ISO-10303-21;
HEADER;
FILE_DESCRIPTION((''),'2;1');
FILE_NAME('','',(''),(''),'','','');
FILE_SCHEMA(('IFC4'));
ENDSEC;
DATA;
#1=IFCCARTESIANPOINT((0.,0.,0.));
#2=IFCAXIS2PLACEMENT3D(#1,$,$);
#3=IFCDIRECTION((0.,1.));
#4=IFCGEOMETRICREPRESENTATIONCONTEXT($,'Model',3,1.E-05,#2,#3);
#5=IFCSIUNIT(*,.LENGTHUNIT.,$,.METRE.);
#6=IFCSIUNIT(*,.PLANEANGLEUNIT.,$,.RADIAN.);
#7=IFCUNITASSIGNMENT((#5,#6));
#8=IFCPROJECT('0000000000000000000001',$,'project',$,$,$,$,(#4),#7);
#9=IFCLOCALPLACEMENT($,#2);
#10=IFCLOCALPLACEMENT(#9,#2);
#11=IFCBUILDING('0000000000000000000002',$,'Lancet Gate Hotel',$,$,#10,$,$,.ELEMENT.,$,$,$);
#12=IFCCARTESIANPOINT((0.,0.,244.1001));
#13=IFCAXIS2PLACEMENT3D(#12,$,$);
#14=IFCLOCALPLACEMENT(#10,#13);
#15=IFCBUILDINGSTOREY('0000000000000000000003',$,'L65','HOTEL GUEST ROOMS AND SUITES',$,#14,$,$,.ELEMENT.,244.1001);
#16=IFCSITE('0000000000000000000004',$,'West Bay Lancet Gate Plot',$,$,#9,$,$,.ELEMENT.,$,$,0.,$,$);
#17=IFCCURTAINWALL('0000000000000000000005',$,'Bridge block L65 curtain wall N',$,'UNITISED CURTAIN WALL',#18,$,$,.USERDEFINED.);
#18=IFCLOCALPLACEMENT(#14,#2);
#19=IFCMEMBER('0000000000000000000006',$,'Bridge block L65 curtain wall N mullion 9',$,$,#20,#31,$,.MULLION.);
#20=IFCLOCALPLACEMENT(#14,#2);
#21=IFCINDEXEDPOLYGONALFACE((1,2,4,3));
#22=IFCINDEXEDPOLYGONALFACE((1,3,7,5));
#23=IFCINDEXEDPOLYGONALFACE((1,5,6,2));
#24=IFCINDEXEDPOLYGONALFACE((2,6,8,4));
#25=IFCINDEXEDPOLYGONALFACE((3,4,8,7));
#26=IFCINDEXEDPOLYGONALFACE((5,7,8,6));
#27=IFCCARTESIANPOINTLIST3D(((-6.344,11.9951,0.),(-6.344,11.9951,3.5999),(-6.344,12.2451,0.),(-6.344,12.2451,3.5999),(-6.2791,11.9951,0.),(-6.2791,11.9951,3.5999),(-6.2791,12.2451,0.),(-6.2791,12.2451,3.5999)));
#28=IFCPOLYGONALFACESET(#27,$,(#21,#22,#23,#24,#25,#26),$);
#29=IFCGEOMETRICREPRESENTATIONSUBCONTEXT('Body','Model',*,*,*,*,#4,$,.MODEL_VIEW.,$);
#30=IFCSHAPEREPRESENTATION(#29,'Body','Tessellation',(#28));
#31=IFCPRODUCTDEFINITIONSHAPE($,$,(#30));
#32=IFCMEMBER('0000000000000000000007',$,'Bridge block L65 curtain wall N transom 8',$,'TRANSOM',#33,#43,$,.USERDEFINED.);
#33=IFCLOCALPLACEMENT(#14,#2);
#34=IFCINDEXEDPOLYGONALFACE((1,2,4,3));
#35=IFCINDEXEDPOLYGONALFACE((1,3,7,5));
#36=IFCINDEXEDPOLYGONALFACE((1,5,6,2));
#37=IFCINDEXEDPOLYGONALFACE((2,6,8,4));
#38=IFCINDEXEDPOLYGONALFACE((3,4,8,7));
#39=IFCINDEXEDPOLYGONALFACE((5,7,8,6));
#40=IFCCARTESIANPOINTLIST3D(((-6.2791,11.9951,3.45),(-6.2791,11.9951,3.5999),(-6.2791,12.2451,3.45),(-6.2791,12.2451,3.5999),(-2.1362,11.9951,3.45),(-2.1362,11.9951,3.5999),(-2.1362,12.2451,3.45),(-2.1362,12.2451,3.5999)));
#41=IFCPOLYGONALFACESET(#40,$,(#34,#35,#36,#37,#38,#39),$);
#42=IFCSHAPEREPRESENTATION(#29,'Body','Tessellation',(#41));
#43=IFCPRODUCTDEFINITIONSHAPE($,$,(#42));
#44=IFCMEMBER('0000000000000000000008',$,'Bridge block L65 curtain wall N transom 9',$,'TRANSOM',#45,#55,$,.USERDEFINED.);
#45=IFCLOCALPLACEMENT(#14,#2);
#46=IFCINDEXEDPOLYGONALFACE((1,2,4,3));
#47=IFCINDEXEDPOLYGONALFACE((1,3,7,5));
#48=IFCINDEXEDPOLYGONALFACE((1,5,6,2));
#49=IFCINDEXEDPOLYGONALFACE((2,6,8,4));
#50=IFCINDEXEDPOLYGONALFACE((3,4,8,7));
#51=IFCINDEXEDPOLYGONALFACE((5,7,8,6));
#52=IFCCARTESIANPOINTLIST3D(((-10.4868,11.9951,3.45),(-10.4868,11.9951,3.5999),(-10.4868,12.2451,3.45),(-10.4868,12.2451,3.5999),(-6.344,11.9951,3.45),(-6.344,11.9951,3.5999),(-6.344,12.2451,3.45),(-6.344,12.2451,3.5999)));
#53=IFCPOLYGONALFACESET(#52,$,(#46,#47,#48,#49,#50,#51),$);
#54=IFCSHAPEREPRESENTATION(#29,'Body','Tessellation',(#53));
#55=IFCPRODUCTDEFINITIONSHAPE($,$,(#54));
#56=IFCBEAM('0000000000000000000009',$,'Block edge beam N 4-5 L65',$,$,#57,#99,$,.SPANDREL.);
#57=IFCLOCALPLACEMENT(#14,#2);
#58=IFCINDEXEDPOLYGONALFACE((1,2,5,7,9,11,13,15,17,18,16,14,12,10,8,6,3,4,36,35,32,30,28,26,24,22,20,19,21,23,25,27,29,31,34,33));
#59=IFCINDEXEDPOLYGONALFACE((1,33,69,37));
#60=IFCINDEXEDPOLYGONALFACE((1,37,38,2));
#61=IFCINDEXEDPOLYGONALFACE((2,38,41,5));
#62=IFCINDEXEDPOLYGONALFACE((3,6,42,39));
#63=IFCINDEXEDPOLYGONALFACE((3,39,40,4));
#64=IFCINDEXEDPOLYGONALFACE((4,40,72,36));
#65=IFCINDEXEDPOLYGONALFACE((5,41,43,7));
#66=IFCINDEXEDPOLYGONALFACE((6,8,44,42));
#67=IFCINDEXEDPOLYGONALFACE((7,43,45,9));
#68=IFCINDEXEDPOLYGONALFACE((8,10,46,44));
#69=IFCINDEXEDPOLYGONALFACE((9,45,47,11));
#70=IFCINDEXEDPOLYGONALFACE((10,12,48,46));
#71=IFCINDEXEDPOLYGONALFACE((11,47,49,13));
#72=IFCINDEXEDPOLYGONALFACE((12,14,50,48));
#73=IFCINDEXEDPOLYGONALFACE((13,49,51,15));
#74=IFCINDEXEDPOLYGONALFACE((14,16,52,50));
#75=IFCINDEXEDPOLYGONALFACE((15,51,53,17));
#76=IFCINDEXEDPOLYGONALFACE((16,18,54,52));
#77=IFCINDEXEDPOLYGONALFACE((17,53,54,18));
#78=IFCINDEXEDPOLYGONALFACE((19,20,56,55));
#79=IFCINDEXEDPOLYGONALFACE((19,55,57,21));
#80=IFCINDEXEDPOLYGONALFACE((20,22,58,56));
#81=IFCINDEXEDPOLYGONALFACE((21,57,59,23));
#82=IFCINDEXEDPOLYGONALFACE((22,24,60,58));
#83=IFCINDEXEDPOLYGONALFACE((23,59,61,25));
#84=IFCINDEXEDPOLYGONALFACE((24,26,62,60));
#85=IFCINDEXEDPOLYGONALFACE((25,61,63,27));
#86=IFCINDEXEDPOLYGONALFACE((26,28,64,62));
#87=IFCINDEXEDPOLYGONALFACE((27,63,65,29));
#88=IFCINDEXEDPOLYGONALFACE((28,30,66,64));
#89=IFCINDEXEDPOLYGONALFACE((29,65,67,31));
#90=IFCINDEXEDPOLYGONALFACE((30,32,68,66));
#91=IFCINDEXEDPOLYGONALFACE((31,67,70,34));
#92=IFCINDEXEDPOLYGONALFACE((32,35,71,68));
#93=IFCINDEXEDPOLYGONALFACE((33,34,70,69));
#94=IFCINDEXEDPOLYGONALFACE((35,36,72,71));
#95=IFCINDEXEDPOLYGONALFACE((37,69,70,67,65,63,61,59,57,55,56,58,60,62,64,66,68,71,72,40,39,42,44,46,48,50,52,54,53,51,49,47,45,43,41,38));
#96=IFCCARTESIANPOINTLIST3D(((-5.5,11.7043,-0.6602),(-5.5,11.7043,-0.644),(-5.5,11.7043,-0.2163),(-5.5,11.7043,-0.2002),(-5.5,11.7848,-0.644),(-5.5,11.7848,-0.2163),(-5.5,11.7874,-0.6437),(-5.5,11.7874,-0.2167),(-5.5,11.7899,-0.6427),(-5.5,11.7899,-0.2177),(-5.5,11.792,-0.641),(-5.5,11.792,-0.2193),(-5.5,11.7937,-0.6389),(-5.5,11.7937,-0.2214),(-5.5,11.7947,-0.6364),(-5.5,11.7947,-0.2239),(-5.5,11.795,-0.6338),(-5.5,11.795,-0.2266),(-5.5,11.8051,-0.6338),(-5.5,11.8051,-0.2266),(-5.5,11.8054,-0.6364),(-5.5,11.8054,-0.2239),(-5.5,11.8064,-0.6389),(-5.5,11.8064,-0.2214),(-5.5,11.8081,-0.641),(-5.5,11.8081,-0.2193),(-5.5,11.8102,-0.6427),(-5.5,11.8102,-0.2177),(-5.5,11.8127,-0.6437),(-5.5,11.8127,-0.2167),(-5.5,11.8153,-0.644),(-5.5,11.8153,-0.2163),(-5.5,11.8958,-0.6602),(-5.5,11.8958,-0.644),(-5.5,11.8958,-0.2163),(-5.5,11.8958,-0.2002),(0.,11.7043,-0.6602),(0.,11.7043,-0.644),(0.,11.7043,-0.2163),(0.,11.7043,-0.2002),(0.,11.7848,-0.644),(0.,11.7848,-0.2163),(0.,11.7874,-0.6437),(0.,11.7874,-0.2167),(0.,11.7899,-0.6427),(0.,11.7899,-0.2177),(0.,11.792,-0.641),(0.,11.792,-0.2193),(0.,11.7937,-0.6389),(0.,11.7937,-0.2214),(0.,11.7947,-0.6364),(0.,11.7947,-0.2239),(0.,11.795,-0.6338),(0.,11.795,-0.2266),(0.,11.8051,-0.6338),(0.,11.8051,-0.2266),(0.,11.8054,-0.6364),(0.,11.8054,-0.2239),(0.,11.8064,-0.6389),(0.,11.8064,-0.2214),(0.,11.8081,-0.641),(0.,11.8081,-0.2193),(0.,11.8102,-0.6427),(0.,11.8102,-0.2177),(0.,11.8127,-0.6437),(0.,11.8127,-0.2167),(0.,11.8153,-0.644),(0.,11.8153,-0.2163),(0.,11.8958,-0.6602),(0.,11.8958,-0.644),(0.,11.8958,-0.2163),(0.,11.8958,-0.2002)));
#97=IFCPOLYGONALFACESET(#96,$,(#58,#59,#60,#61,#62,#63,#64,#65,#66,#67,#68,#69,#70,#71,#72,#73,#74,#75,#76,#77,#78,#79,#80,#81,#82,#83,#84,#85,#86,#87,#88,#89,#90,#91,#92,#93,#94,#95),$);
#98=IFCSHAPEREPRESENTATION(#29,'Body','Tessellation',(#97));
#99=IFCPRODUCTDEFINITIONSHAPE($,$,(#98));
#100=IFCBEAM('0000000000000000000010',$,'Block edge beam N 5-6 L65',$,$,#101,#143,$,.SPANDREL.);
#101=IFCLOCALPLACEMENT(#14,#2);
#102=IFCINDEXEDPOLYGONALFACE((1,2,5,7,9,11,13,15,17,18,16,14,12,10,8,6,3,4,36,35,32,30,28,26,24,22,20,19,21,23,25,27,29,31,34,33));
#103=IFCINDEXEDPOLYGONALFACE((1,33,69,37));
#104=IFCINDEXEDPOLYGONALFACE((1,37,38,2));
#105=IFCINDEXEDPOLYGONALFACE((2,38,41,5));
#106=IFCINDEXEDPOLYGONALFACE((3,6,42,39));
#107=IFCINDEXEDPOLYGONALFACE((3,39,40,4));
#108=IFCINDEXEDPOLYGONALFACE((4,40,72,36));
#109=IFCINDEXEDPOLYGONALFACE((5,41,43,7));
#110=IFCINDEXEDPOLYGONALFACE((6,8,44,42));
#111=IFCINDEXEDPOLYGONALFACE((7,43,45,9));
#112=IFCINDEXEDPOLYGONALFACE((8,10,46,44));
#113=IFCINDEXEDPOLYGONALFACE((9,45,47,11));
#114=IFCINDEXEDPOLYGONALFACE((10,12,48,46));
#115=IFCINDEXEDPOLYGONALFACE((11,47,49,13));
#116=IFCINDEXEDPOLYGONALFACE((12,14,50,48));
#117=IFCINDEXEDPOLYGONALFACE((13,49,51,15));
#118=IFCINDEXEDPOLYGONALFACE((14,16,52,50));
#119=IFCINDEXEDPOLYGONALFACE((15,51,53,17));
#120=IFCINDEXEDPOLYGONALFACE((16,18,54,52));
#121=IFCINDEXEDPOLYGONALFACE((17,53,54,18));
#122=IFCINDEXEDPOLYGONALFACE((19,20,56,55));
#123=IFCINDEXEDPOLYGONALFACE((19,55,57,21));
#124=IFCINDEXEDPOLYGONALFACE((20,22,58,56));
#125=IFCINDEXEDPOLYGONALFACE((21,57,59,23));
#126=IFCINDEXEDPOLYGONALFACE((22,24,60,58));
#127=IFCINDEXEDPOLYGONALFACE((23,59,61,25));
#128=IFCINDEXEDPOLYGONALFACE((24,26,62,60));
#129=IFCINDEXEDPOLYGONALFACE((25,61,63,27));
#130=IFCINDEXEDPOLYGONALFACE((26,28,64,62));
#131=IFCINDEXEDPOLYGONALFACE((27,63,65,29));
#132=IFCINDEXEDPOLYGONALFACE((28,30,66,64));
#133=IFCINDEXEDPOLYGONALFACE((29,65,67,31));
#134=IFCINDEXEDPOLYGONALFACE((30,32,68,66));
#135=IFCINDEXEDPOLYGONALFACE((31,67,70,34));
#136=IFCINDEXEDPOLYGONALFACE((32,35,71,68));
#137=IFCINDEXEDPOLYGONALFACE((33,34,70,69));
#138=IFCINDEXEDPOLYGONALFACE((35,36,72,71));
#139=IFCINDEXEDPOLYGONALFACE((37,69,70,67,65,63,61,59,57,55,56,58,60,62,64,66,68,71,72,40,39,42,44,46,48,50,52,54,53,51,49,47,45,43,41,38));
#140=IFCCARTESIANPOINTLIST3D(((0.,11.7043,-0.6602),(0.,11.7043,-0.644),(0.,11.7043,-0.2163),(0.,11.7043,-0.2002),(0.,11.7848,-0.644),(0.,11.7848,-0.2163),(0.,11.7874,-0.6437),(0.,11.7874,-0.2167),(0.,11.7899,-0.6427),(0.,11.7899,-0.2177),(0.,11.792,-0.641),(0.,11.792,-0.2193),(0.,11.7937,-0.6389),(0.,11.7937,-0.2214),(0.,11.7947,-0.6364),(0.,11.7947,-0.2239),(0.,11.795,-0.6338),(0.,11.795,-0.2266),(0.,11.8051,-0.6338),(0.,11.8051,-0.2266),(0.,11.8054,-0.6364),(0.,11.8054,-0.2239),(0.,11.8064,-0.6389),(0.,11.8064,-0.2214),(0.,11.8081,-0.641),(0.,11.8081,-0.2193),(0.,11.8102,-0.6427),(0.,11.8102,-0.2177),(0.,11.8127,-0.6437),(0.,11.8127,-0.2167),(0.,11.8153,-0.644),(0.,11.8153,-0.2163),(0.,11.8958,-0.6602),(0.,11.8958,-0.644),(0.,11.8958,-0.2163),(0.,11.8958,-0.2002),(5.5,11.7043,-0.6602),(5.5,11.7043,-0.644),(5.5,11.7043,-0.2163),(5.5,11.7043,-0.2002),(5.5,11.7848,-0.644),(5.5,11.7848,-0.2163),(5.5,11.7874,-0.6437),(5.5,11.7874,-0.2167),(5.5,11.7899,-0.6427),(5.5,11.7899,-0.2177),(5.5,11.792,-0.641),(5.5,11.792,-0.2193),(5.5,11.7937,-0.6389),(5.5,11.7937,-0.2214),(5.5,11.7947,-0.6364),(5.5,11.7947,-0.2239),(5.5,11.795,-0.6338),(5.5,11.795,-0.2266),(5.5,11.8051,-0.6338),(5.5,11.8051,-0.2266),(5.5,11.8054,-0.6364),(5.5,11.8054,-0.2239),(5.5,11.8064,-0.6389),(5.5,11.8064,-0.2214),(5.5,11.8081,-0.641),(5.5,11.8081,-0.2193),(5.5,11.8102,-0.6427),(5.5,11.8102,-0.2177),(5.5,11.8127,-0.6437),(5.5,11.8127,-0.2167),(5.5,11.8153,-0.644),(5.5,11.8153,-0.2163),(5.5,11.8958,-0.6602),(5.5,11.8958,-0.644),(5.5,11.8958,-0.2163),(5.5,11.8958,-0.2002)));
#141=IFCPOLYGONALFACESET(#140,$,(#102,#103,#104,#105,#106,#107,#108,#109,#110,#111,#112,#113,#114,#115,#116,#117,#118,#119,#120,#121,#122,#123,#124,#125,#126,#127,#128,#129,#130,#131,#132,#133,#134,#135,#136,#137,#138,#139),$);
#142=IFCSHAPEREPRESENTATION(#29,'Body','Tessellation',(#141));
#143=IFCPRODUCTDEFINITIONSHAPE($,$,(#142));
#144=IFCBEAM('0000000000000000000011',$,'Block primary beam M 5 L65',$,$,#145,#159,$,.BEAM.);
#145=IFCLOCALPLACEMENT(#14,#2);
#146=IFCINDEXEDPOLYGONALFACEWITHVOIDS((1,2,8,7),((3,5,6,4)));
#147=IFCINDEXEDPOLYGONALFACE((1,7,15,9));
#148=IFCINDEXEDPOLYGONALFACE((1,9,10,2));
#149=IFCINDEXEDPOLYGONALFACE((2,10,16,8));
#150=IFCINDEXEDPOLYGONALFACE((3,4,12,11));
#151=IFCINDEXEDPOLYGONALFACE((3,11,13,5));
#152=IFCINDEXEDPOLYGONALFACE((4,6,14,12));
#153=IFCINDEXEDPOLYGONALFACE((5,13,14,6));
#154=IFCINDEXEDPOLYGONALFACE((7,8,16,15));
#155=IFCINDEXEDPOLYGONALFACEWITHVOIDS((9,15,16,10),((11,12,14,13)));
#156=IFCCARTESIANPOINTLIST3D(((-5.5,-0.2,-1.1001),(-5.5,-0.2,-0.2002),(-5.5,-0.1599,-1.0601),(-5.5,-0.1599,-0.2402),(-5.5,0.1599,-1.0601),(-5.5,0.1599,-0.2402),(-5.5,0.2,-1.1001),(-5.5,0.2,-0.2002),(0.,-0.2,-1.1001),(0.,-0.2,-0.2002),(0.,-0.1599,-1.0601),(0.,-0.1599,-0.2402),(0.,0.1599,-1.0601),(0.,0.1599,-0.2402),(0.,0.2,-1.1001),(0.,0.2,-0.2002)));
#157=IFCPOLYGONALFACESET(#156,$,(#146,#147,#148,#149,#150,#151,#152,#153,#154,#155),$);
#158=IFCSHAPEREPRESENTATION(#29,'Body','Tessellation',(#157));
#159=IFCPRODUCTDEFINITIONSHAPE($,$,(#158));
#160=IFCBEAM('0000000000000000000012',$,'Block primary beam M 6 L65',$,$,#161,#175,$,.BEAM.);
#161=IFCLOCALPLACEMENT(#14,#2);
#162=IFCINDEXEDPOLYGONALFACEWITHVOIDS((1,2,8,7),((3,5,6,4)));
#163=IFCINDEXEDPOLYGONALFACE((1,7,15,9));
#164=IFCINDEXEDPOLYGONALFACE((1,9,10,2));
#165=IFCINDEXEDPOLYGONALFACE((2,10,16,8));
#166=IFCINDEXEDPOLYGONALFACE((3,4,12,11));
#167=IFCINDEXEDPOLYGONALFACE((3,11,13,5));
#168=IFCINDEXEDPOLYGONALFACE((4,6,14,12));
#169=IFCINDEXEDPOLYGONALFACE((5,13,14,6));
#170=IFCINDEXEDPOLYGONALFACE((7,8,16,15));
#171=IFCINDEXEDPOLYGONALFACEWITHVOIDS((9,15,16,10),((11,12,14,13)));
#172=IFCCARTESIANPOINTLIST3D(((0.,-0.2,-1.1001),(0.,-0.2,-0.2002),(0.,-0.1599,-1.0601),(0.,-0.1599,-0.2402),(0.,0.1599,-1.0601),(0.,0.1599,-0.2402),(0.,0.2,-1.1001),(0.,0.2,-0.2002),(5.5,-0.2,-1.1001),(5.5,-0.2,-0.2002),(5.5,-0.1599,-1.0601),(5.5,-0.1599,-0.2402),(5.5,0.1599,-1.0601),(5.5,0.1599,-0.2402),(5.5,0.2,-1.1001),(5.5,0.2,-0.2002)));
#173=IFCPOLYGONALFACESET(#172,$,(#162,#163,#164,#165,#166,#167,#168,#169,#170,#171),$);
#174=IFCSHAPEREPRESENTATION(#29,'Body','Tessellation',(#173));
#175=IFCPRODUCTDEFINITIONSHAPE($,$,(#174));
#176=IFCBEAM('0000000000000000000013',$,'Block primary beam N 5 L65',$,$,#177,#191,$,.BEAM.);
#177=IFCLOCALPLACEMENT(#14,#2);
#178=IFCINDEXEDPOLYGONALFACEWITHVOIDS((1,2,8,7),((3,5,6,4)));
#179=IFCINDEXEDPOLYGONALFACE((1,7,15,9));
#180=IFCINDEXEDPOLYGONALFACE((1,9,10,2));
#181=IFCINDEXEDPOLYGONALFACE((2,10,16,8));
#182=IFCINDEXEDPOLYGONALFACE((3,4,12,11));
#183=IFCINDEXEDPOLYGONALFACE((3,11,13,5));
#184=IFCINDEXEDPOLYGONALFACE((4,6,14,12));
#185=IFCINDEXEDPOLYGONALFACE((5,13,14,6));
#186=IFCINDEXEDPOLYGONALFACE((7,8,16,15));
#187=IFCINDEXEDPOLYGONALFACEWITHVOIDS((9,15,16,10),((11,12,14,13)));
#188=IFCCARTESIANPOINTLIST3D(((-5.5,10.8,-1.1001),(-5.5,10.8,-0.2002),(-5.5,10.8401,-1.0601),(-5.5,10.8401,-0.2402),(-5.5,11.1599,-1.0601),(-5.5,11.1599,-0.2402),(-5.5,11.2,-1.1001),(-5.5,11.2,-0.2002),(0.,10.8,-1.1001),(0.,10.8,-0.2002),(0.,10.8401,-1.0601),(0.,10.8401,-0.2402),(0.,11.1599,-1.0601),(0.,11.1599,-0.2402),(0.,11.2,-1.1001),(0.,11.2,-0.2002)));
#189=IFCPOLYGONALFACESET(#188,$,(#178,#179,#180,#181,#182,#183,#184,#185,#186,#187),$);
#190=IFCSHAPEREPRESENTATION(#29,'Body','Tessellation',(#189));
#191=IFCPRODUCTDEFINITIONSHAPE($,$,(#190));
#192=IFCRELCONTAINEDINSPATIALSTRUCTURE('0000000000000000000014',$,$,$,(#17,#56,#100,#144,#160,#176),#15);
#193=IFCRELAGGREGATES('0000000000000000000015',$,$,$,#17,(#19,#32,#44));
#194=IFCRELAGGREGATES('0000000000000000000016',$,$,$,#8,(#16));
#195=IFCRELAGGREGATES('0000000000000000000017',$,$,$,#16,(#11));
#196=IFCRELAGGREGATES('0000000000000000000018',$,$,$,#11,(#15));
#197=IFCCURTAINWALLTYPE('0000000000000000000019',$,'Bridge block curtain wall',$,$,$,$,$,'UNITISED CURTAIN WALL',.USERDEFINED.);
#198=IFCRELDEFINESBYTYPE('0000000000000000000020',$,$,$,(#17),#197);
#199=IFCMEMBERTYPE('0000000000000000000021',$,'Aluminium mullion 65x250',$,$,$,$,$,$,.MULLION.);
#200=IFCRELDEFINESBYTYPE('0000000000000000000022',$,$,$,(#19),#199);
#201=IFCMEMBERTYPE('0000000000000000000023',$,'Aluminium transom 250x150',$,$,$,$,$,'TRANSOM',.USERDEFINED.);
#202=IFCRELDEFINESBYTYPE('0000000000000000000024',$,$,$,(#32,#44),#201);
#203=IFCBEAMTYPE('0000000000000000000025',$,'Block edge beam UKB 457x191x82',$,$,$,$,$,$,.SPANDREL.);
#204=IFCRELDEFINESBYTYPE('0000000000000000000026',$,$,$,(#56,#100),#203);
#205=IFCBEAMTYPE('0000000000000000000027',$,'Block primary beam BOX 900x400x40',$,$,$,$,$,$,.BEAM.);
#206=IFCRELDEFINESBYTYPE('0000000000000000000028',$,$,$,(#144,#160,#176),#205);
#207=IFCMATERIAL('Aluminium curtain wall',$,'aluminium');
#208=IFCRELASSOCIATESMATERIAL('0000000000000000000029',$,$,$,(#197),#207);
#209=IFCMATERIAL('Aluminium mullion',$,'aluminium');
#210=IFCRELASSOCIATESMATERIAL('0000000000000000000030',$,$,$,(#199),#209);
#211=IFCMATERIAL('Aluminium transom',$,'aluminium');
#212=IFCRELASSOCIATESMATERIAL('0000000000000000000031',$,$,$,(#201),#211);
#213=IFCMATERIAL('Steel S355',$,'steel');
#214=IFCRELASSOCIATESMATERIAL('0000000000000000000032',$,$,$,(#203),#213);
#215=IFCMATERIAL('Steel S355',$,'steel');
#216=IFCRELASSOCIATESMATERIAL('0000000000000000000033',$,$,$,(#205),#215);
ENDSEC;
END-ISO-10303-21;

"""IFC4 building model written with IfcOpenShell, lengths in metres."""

from ifc_helpers import new_model, si_unit, direction, frame, origin, origin_2d, place, context, subcontext, project, spatial, rectangle, hollow_rectangle, i_section, extrude, material, material_profile, profile_set, type_object, element, aggregate, save


model = new_model("IFC4")

# Units and contexts
model_context = context("Model", 3, precision=1e-05, world=origin(), true_north=direction((0.0, 1.0)))
body_context = subcontext(model_context, "Body", "Model", "MODEL_VIEW")
ifc_project = project(units=[si_unit("LENGTHUNIT", "METRE"), si_unit("PLANEANGLEUNIT", "RADIAN")], contexts=[model_context])

# Site, building, storey
site_placement = place(None, origin())
site = spatial("IfcSite", under=ifc_project, at=site_placement, Name="West Bay Lancet Gate Plot", CompositionType="ELEMENT", RefElevation=0.0)
building_placement = place(site_placement, origin())
building = spatial("IfcBuilding", under=site, at=building_placement, Name="Lancet Gate Hotel", CompositionType="ELEMENT")
storey_placement = place(building_placement, frame((0.0, 0.0, 244.1001)))
storey = spatial("IfcBuildingStorey", under=building, at=storey_placement, Name="L65", Description="HOTEL GUEST ROOMS AND SUITES", CompositionType="ELEMENT", Elevation=244.1001)

# Curtain wall, members
ifc_material_1 = material(Name="Aluminium curtain wall", Category="aluminium")
curtain_wall_type = type_object("IfcCurtainWallType", Name="Bridge block curtain wall", ElementType="UNITISED CURTAIN WALL", PredefinedType="USERDEFINED", material=ifc_material_1)
curtain_wall_placement = place(storey_placement, origin())
curtain_wall = element("IfcCurtainWall", 1, at=curtain_wall_placement, inside=storey, type_object=curtain_wall_type, Name="Bridge block L65 curtain wall N", ObjectType="UNITISED CURTAIN WALL", PredefinedType="USERDEFINED")
ifc_material_2 = material(Name="Aluminium mullion", Category="aluminium")
ifc_material_profile_1 = material_profile(ifc_material_2, rectangle(XDim=0.0649, YDim=0.25, at=origin_2d()), Name="MULLION 65x250")
ifc_profile_set_1 = profile_set([ifc_material_profile_1], Name="Aluminium mullion")
member_type_1 = type_object("IfcMemberType", Name="Aluminium mullion 65x250", PredefinedType="MULLION", material=ifc_profile_set_1)
member_1_placement = place(storey_placement, frame((-6.3115, 12.1201, 0.0), z_axis=(0.0, 0.0, 1.0), x_axis=(-1.0, 0.0, 0.0)))
member_1 = element("IfcMember", 2, at=member_1_placement, type_object=member_type_1, Name="Bridge block L65 curtain wall N mullion 9", PredefinedType="MULLION", context=body_context, shape_type="SweptSolid", body=[
    extrude(rectangle(XDim=0.0649, YDim=0.25, at=origin_2d()), origin(), (0.0, 0.0, 1.0), 3.5999),
])
ifc_material_3 = material(Name="Aluminium transom", Category="aluminium")
ifc_material_profile_2 = material_profile(ifc_material_3, rectangle(XDim=0.25, YDim=0.1499, at=origin_2d()), Name="TRANSOM 250x150")
ifc_profile_set_2 = profile_set([ifc_material_profile_2], Name="Aluminium transom")
member_type_2 = type_object("IfcMemberType", Name="Aluminium transom 250x150", ElementType="TRANSOM", PredefinedType="USERDEFINED", material=ifc_profile_set_2)
member_2_placement = place(storey_placement, frame((-2.1362, 12.1201, 3.5249), z_axis=(-1.0, 0.0, 0.0), x_axis=(0.0, -1.0, 0.0)))
member_2 = element("IfcMember", 3, at=member_2_placement, type_object=member_type_2, Name="Bridge block L65 curtain wall N transom 8", ObjectType="TRANSOM", PredefinedType="USERDEFINED", context=body_context, shape_type="SweptSolid", body=[
    extrude(rectangle(XDim=0.25, YDim=0.1499, at=origin_2d()), origin(), (0.0, 0.0, 1.0), 4.1428),
])
member_3_placement = place(storey_placement, frame((-6.344, 12.1201, 3.5249), z_axis=(-1.0, 0.0, 0.0), x_axis=(0.0, -1.0, 0.0)))
member_3 = element("IfcMember", 4, at=member_3_placement, type_object=member_type_2, Name="Bridge block L65 curtain wall N transom 9", ObjectType="TRANSOM", PredefinedType="USERDEFINED", context=body_context, shape_type="SweptSolid", body=[
    extrude(rectangle(XDim=0.25, YDim=0.1499, at=origin_2d()), origin(), (0.0, 0.0, 1.0), 4.1428),
])

# Beams
ifc_material_4 = material(Name="Steel S355", Category="steel")
ifc_material_profile_3 = material_profile(ifc_material_4, i_section(OverallWidth=0.1914, OverallDepth=0.46, WebThickness=0.01, FlangeThickness=0.0161, FilletRadius=0.0103, at=origin_2d()), Name="UKB 457x191x82")
ifc_profile_set_3 = profile_set([ifc_material_profile_3], Name="Steel S355")
beam_type_1 = type_object("IfcBeamType", Name="Block edge beam UKB 457x191x82", PredefinedType="SPANDREL", material=ifc_profile_set_3)
for number, where, z_axis, x_axis, name in (
    (5, (-5.5, 11.8, -0.4302), (1.0, 0.0, 0.0), (0.0, 1.0, 0.0), "Block edge beam N 4-5 L65"),
    (6, (0.0, 11.8, -0.4302), (1.0, 0.0, 0.0), (0.0, 1.0, 0.0), "Block edge beam N 5-6 L65"),
):
    element("IfcBeam", number, at=place(storey_placement, frame(where, z_axis=z_axis, x_axis=x_axis)), inside=storey, type_object=beam_type_1, Name=name, PredefinedType="SPANDREL", context=body_context, shape_type="SweptSolid", body=[
        extrude(i_section(OverallWidth=0.1914, OverallDepth=0.46, WebThickness=0.01, FlangeThickness=0.0161, FilletRadius=0.0103, at=origin_2d()), origin(), (0.0, 0.0, 1.0), 5.5),
    ])
ifc_material_5 = material(Name="Steel S355", Category="steel")
ifc_material_profile_4 = material_profile(ifc_material_5, hollow_rectangle(XDim=0.3999, YDim=0.8999, WallThickness=0.04, at=origin_2d()), Name="BOX 900x400x40")
ifc_profile_set_4 = profile_set([ifc_material_profile_4], Name="Steel S355")
beam_type_2 = type_object("IfcBeamType", Name="Block primary beam BOX 900x400x40", PredefinedType="BEAM", material=ifc_profile_set_4)
for number, where, z_axis, x_axis, name in (
    (7, (-5.5, 0.0, -0.6501), (1.0, 0.0, 0.0), (0.0, 1.0, 0.0), "Block primary beam M 5 L65"),
    (8, (0.0, 0.0, -0.6501), (1.0, 0.0, 0.0), (0.0, 1.0, 0.0), "Block primary beam M 6 L65"),
    (9, (-5.5, 11.0, -0.6501), (1.0, 0.0, 0.0), (0.0, 1.0, 0.0), "Block primary beam N 5 L65"),
):
    element("IfcBeam", number, at=place(storey_placement, frame(where, z_axis=z_axis, x_axis=x_axis)), inside=storey, type_object=beam_type_2, Name=name, PredefinedType="BEAM", context=body_context, shape_type="SweptSolid", body=[
        extrude(hollow_rectangle(XDim=0.3999, YDim=0.8999, WallThickness=0.04, at=origin_2d()), origin(), (0.0, 0.0, 1.0), 5.5),
    ])

aggregate(curtain_wall, [member_1, member_2, member_3])

save(model, "model.ifc")
